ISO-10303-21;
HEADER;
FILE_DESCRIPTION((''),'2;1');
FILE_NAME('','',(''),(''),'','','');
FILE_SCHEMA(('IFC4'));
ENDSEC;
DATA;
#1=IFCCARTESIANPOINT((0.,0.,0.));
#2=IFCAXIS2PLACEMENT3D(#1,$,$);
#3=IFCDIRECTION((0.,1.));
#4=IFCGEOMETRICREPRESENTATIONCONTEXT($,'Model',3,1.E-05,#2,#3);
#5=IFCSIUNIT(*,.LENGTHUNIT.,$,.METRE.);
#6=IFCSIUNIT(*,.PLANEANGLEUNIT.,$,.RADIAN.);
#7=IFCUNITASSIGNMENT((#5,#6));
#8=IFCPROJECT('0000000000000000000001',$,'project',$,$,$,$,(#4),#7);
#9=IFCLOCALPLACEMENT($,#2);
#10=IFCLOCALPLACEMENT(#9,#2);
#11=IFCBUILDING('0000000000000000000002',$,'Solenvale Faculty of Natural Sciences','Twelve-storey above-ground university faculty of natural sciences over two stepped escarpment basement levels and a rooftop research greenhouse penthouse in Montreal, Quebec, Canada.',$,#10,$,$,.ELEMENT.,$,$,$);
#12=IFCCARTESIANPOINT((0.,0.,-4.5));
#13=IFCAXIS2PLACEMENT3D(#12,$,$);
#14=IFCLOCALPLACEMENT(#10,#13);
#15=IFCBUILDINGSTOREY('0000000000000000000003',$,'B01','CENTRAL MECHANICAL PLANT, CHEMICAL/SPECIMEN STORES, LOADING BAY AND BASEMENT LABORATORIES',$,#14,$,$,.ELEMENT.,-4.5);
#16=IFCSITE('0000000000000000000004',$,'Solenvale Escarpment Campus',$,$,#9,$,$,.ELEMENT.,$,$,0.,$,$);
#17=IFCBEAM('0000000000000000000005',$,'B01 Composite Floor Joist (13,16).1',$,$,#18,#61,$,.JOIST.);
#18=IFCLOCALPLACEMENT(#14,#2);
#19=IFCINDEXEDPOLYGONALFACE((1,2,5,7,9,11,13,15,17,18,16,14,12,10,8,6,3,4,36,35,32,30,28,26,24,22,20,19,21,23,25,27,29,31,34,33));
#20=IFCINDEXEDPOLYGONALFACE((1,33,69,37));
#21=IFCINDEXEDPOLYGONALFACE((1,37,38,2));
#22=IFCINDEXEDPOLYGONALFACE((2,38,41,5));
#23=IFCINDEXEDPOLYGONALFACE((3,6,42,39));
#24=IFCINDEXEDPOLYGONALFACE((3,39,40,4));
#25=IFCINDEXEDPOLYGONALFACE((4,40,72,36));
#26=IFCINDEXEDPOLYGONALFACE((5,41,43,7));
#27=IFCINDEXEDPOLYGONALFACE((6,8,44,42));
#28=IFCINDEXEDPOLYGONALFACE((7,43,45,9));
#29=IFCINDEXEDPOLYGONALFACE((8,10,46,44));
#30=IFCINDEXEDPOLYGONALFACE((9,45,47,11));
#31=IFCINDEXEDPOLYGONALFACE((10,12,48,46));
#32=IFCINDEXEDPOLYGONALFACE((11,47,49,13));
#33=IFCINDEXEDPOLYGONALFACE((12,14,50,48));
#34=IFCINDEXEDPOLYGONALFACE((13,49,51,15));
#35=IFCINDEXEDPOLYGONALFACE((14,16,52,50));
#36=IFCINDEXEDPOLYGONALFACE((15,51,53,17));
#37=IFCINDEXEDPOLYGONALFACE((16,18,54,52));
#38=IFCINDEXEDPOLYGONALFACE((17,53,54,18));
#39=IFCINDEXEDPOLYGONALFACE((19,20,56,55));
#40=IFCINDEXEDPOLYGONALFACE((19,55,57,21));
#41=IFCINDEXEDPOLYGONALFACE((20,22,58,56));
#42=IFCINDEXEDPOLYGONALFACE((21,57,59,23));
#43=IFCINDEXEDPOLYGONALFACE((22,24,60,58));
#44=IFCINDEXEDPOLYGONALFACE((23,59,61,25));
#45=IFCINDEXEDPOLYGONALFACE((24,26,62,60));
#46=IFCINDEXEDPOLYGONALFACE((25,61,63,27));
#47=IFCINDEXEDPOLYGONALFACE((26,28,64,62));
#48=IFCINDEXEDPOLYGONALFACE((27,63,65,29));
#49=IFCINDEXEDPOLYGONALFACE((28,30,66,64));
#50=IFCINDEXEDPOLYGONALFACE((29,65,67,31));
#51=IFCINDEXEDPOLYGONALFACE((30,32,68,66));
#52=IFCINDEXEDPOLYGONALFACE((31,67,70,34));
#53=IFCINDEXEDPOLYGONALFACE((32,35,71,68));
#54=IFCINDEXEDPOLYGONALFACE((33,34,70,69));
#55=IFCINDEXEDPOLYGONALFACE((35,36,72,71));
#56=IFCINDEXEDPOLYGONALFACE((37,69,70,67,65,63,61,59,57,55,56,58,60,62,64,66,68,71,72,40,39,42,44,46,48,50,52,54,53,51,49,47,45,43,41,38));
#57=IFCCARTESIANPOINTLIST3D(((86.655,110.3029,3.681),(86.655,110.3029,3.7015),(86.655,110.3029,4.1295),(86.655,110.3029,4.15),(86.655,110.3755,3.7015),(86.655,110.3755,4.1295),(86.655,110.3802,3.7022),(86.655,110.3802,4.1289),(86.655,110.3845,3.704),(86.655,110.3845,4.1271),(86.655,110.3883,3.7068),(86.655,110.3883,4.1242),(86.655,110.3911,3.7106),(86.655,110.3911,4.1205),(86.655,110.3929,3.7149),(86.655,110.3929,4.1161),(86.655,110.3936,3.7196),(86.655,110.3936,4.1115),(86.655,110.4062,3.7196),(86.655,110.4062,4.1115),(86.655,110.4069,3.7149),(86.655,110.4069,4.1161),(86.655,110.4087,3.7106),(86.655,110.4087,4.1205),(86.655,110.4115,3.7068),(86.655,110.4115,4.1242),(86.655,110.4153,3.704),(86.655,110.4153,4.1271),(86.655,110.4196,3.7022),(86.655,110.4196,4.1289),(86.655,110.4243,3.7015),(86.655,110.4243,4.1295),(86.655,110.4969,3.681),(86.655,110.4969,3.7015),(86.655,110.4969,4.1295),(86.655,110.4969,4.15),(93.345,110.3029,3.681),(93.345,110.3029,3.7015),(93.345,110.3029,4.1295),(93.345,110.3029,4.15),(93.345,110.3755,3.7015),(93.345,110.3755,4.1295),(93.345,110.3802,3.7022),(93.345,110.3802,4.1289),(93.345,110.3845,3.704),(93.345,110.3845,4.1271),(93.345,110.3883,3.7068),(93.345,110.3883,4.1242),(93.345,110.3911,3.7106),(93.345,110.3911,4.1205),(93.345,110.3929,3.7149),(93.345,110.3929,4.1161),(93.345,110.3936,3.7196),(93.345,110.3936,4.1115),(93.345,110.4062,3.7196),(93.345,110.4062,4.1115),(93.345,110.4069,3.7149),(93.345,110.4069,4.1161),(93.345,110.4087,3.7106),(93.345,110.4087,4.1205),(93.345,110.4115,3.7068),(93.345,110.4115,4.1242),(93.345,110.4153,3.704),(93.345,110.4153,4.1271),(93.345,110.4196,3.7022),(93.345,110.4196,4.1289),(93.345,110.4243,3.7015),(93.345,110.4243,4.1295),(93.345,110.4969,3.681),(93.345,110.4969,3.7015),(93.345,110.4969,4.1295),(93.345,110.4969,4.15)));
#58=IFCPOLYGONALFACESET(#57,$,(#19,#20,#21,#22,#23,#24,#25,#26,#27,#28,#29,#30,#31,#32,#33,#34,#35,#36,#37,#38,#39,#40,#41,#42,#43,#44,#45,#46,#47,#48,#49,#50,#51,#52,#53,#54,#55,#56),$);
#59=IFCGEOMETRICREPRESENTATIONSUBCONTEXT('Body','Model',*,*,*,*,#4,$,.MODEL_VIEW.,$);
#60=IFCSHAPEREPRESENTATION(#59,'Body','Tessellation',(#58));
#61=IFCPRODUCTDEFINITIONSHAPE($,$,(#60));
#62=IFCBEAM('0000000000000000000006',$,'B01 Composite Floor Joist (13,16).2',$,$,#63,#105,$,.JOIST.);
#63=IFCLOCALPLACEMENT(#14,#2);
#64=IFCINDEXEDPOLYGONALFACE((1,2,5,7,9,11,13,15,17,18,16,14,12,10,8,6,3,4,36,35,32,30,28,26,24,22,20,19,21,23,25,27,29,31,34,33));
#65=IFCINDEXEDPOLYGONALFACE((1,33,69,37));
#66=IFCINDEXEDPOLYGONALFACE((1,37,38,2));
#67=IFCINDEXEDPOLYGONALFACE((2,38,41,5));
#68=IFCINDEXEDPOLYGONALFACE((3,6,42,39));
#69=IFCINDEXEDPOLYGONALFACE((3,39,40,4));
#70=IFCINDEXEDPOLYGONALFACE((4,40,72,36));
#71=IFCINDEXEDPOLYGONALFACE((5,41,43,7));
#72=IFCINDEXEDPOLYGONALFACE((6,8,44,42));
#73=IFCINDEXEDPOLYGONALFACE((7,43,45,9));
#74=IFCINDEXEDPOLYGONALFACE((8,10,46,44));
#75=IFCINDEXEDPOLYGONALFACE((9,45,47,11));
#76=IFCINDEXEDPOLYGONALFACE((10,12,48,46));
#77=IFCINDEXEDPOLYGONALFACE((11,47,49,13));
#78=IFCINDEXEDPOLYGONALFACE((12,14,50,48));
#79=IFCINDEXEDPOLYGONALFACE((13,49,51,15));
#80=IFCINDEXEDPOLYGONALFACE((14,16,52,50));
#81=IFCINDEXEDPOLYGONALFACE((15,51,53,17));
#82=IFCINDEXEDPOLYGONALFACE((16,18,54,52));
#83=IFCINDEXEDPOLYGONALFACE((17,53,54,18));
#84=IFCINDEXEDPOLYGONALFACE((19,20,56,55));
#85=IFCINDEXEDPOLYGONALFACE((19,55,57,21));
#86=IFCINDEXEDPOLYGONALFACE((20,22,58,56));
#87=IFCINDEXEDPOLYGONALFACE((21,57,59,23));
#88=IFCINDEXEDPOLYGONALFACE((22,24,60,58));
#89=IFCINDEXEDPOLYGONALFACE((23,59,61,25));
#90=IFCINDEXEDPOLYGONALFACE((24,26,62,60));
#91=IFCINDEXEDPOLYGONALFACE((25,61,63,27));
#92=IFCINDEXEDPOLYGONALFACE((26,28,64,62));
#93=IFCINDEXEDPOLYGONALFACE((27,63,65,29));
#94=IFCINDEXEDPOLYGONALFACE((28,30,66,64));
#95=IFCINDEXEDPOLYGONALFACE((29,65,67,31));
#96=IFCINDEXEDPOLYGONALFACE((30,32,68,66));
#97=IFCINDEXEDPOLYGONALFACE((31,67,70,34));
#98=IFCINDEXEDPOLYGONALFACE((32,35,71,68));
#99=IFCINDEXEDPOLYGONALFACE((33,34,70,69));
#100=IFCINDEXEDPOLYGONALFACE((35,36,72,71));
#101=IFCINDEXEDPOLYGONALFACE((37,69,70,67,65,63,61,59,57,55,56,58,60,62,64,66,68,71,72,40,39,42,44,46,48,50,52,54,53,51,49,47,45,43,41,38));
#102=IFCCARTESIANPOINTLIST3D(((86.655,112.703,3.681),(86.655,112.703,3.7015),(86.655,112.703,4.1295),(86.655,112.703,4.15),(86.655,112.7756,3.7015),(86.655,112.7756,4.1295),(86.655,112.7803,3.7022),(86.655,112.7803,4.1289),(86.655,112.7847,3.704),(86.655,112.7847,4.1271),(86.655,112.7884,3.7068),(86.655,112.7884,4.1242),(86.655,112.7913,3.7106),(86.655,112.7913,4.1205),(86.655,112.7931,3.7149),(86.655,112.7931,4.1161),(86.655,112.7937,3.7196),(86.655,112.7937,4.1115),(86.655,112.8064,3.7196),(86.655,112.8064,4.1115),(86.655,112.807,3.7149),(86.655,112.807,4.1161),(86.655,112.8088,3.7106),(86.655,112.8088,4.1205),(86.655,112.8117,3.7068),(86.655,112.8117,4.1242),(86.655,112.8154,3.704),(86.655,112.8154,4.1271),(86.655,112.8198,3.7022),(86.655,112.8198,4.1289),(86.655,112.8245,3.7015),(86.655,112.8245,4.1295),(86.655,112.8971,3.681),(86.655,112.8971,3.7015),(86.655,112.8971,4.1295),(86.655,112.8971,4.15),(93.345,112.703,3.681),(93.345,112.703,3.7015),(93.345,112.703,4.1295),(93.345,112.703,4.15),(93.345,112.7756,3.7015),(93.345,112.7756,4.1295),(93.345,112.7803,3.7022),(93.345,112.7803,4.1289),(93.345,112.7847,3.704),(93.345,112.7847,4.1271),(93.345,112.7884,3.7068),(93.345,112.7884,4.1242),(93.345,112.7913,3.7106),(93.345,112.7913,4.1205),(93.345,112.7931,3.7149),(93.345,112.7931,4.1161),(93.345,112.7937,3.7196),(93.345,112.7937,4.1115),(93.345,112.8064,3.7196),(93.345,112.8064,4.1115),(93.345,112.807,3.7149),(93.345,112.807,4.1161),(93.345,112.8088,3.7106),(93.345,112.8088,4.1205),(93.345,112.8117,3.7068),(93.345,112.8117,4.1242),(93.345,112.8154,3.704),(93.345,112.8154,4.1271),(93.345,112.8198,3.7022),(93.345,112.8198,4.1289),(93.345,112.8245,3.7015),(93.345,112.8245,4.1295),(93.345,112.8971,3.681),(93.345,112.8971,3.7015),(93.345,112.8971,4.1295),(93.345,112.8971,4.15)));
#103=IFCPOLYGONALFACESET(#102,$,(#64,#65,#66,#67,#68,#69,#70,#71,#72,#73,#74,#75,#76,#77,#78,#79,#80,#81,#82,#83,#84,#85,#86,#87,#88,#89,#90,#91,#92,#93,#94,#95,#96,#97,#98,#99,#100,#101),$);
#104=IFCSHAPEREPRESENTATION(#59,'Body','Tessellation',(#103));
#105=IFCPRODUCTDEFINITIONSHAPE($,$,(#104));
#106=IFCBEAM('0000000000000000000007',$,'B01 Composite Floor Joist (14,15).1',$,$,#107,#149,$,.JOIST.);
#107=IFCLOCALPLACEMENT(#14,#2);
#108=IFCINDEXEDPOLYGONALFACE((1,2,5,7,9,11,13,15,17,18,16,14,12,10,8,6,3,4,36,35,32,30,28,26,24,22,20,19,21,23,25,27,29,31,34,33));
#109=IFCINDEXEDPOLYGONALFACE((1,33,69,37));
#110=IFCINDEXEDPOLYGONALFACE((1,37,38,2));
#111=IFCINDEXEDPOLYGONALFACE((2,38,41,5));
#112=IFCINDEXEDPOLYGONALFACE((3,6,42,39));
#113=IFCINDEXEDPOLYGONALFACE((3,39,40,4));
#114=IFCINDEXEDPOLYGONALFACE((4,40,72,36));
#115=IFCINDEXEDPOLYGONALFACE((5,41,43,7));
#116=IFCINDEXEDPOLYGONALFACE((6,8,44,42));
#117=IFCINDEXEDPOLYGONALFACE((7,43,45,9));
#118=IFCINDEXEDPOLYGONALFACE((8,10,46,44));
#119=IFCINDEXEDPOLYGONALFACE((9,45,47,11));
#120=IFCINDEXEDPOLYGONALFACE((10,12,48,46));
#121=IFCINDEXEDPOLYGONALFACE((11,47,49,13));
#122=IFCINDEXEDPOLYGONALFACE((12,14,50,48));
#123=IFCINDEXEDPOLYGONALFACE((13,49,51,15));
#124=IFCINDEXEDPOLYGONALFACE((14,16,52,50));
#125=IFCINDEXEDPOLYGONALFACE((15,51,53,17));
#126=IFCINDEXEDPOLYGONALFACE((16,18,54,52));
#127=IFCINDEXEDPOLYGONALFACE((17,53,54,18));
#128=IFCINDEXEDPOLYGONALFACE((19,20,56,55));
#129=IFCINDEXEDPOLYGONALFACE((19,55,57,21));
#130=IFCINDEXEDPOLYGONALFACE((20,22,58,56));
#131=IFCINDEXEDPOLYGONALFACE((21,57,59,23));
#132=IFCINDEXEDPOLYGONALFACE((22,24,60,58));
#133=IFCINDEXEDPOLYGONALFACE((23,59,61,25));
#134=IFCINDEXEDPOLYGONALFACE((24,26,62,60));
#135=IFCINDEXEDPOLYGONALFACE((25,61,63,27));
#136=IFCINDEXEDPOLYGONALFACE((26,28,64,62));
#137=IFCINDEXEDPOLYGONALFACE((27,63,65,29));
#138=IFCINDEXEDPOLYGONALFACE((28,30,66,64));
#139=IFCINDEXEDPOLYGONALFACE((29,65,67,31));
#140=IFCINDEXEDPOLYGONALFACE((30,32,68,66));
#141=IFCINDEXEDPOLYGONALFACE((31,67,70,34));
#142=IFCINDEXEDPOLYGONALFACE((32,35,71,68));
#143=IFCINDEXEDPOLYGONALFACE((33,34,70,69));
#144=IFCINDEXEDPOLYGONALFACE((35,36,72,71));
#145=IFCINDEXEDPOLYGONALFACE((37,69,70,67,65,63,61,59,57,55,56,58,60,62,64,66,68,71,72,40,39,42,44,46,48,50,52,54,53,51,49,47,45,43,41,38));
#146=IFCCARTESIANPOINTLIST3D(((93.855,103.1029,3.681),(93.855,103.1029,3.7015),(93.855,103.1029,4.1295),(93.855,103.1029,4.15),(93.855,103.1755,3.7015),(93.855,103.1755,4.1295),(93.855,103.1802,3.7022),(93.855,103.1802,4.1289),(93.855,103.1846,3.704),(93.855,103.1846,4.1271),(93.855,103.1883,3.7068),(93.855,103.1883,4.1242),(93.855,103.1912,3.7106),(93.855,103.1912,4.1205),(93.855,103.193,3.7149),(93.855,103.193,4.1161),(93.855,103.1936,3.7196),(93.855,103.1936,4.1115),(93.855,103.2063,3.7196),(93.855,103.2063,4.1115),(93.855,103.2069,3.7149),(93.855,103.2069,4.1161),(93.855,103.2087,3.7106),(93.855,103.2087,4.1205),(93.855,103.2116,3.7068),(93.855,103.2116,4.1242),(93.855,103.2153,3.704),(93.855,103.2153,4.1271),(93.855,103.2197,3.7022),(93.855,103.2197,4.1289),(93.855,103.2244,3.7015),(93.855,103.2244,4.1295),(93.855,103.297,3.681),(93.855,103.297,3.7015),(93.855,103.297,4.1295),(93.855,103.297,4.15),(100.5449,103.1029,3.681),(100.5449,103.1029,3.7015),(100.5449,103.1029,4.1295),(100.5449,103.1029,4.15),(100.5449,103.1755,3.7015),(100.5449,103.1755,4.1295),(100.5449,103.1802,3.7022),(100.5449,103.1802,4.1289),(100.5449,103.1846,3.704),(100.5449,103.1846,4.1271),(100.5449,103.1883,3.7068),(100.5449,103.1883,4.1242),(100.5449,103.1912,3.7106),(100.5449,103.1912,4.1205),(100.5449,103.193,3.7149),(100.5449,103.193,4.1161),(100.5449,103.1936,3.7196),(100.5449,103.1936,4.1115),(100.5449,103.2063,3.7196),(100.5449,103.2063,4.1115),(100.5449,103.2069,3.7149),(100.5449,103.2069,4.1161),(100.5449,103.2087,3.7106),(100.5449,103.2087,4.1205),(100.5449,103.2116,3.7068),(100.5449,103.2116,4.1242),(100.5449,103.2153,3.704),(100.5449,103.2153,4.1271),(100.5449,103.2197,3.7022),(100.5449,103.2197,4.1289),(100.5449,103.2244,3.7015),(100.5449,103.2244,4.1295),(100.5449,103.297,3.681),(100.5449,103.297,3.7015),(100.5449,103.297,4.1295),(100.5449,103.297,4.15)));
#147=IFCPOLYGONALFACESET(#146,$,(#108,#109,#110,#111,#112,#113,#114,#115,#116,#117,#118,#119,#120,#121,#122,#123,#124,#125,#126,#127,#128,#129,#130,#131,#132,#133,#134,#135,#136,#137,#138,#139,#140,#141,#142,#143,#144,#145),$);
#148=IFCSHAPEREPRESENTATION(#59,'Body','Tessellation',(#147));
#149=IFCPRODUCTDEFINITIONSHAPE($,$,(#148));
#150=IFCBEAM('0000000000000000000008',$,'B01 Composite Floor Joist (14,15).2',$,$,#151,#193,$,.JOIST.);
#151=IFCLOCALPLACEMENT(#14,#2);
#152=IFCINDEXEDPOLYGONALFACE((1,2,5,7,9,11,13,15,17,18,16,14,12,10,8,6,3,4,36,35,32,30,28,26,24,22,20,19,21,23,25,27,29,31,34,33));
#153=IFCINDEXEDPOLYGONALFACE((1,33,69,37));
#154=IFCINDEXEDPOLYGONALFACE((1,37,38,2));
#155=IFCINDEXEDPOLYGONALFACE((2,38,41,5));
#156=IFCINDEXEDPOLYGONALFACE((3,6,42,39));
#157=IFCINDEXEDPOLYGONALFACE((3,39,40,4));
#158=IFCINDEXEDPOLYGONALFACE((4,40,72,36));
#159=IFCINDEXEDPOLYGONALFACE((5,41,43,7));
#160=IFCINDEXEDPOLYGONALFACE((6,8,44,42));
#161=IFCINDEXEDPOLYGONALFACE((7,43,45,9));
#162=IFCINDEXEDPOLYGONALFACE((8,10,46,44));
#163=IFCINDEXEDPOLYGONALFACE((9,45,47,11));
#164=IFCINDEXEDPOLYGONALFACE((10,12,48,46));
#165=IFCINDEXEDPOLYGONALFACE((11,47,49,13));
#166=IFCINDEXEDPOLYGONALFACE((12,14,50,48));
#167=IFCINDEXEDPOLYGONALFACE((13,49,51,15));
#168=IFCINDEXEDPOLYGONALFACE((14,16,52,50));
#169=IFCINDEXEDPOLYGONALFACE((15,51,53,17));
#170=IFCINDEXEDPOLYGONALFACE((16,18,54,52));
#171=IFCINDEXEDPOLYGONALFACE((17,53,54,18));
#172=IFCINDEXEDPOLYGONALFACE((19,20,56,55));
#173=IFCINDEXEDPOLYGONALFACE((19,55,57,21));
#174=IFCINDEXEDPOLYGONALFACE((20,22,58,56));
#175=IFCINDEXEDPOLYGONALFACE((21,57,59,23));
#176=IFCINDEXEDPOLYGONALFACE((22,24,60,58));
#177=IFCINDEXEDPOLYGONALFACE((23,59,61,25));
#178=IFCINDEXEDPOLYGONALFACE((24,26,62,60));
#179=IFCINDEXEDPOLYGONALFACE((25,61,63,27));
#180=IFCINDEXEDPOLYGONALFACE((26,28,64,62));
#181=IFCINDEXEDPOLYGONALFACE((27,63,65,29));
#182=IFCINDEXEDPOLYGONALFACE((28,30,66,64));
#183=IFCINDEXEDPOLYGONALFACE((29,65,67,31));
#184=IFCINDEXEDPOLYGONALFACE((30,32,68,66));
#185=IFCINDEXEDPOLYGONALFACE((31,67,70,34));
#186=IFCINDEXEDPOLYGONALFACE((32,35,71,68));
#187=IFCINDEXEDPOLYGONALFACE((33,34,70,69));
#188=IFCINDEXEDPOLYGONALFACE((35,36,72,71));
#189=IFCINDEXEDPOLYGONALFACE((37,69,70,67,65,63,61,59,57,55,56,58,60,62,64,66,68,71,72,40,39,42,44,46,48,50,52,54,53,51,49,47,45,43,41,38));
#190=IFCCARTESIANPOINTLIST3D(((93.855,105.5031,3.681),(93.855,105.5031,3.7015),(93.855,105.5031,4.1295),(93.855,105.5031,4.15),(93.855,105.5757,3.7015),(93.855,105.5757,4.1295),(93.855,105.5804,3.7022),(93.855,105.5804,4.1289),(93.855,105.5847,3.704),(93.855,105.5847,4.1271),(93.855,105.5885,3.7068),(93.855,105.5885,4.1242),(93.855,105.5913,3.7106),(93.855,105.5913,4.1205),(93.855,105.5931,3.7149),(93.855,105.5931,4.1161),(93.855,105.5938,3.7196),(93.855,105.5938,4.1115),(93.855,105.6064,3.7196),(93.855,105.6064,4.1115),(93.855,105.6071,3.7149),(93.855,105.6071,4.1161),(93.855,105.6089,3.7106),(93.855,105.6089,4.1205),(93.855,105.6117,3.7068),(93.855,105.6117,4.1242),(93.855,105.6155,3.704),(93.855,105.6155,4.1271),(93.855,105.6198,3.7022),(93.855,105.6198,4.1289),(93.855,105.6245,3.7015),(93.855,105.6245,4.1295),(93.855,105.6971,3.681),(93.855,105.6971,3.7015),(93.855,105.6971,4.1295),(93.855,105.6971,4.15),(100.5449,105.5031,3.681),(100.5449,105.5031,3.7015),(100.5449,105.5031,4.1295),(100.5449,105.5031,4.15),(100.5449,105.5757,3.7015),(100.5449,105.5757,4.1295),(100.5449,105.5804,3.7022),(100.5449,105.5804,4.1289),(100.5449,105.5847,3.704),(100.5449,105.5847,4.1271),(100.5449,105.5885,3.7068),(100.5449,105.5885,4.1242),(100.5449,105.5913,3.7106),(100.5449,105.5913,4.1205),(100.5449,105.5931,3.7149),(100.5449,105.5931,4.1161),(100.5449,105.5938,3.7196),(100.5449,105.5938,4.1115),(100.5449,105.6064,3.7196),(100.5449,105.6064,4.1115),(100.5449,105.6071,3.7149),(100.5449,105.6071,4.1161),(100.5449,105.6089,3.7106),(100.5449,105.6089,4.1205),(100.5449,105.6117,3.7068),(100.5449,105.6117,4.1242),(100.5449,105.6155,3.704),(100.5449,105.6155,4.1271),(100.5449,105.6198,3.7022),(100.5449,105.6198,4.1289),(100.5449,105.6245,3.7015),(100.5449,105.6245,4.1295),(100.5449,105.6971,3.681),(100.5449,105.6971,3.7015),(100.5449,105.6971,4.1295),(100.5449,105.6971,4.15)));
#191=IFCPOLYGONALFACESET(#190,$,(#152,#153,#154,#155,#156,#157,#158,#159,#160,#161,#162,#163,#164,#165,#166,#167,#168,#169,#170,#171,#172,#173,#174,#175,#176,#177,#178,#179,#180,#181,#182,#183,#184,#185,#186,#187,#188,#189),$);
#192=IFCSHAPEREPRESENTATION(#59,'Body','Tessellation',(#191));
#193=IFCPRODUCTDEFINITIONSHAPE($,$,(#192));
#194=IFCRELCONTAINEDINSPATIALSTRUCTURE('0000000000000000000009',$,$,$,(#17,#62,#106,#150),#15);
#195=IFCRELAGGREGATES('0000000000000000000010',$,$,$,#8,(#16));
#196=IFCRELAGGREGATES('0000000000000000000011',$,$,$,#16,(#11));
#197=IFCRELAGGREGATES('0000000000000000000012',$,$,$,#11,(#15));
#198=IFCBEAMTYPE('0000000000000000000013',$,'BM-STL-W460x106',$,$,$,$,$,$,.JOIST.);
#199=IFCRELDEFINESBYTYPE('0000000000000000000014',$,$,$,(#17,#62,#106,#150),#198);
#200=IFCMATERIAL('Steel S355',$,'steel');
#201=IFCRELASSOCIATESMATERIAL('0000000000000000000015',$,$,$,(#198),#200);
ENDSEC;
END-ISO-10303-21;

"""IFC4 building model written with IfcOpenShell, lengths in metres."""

from ifc_helpers import new_model, si_unit, direction, frame, origin, origin_2d, place, context, subcontext, project, spatial, i_section, extrude, material, material_profile, profile_set, type_object, element, save


model = new_model("IFC4")

# Units and contexts
model_context = context("Model", 3, precision=1e-05, world=origin(), true_north=direction((0.0, 1.0)))
body_context = subcontext(model_context, "Body", "Model", "MODEL_VIEW")
ifc_project = project(units=[si_unit("LENGTHUNIT", "METRE"), si_unit("PLANEANGLEUNIT", "RADIAN")], contexts=[model_context])

# Site, building, storey
site_placement = place(None, origin())
site = spatial("IfcSite", under=ifc_project, at=site_placement, Name="Solenvale Escarpment Campus", CompositionType="ELEMENT", RefElevation=0.0)
building_placement = place(site_placement, origin())
building = spatial("IfcBuilding", under=site, at=building_placement, Name="Solenvale Faculty of Natural Sciences", Description="Twelve-storey above-ground university faculty of natural sciences over two stepped escarpment basement levels and a rooftop research greenhouse penthouse in Montreal, Quebec, Canada.", CompositionType="ELEMENT")
storey_placement = place(building_placement, frame((0.0, 0.0, -4.5)))
storey = spatial("IfcBuildingStorey", under=building, at=storey_placement, Name="B01", Description="CENTRAL MECHANICAL PLANT, CHEMICAL/SPECIMEN STORES, LOADING BAY AND BASEMENT LABORATORIES", CompositionType="ELEMENT", Elevation=-4.5)

# Beams
ifc_material_1 = material(Name="Steel S355", Category="steel")
ifc_material_profile_1 = material_profile(ifc_material_1, i_section(OverallWidth=0.1941, OverallDepth=0.469, WebThickness=0.0127, FlangeThickness=0.0205, FilletRadius=0.0181, at=origin_2d()), Name="W460x106")
ifc_profile_set_1 = profile_set([ifc_material_profile_1], Name="Steel S355")
beam_type_1 = type_object("IfcBeamType", Name="BM-STL-W460x106", PredefinedType="JOIST", material=ifc_profile_set_1)
for number, where, z_axis, x_axis, name in (
    (1, (86.655, 110.3999, 3.9155), (1.0, 0.0, 0.0), (0.0, 1.0, 0.0), "B01 Composite Floor Joist (13,16).1"),
    (2, (86.655, 112.8, 3.9155), (1.0, 0.0, 0.0), (0.0, 1.0, 0.0), "B01 Composite Floor Joist (13,16).2"),
    (3, (93.855, 103.2, 3.9155), (1.0, 0.0, 0.0), (0.0, 1.0, 0.0), "B01 Composite Floor Joist (14,15).1"),
    (4, (93.855, 105.6001, 3.9155), (1.0, 0.0, 0.0), (0.0, 1.0, 0.0), "B01 Composite Floor Joist (14,15).2"),
):
    element("IfcBeam", number, at=place(storey_placement, frame(where, z_axis=z_axis, x_axis=x_axis)), inside=storey, type_object=beam_type_1, Name=name, PredefinedType="JOIST", context=body_context, shape_type="SweptSolid", body=[
        extrude(i_section(OverallWidth=0.1941, OverallDepth=0.469, WebThickness=0.0127, FlangeThickness=0.0205, FilletRadius=0.0181, at=origin_2d()), origin(), (0.0, 0.0, 1.0), 6.6899),
    ])

save(model, "model.ifc")
